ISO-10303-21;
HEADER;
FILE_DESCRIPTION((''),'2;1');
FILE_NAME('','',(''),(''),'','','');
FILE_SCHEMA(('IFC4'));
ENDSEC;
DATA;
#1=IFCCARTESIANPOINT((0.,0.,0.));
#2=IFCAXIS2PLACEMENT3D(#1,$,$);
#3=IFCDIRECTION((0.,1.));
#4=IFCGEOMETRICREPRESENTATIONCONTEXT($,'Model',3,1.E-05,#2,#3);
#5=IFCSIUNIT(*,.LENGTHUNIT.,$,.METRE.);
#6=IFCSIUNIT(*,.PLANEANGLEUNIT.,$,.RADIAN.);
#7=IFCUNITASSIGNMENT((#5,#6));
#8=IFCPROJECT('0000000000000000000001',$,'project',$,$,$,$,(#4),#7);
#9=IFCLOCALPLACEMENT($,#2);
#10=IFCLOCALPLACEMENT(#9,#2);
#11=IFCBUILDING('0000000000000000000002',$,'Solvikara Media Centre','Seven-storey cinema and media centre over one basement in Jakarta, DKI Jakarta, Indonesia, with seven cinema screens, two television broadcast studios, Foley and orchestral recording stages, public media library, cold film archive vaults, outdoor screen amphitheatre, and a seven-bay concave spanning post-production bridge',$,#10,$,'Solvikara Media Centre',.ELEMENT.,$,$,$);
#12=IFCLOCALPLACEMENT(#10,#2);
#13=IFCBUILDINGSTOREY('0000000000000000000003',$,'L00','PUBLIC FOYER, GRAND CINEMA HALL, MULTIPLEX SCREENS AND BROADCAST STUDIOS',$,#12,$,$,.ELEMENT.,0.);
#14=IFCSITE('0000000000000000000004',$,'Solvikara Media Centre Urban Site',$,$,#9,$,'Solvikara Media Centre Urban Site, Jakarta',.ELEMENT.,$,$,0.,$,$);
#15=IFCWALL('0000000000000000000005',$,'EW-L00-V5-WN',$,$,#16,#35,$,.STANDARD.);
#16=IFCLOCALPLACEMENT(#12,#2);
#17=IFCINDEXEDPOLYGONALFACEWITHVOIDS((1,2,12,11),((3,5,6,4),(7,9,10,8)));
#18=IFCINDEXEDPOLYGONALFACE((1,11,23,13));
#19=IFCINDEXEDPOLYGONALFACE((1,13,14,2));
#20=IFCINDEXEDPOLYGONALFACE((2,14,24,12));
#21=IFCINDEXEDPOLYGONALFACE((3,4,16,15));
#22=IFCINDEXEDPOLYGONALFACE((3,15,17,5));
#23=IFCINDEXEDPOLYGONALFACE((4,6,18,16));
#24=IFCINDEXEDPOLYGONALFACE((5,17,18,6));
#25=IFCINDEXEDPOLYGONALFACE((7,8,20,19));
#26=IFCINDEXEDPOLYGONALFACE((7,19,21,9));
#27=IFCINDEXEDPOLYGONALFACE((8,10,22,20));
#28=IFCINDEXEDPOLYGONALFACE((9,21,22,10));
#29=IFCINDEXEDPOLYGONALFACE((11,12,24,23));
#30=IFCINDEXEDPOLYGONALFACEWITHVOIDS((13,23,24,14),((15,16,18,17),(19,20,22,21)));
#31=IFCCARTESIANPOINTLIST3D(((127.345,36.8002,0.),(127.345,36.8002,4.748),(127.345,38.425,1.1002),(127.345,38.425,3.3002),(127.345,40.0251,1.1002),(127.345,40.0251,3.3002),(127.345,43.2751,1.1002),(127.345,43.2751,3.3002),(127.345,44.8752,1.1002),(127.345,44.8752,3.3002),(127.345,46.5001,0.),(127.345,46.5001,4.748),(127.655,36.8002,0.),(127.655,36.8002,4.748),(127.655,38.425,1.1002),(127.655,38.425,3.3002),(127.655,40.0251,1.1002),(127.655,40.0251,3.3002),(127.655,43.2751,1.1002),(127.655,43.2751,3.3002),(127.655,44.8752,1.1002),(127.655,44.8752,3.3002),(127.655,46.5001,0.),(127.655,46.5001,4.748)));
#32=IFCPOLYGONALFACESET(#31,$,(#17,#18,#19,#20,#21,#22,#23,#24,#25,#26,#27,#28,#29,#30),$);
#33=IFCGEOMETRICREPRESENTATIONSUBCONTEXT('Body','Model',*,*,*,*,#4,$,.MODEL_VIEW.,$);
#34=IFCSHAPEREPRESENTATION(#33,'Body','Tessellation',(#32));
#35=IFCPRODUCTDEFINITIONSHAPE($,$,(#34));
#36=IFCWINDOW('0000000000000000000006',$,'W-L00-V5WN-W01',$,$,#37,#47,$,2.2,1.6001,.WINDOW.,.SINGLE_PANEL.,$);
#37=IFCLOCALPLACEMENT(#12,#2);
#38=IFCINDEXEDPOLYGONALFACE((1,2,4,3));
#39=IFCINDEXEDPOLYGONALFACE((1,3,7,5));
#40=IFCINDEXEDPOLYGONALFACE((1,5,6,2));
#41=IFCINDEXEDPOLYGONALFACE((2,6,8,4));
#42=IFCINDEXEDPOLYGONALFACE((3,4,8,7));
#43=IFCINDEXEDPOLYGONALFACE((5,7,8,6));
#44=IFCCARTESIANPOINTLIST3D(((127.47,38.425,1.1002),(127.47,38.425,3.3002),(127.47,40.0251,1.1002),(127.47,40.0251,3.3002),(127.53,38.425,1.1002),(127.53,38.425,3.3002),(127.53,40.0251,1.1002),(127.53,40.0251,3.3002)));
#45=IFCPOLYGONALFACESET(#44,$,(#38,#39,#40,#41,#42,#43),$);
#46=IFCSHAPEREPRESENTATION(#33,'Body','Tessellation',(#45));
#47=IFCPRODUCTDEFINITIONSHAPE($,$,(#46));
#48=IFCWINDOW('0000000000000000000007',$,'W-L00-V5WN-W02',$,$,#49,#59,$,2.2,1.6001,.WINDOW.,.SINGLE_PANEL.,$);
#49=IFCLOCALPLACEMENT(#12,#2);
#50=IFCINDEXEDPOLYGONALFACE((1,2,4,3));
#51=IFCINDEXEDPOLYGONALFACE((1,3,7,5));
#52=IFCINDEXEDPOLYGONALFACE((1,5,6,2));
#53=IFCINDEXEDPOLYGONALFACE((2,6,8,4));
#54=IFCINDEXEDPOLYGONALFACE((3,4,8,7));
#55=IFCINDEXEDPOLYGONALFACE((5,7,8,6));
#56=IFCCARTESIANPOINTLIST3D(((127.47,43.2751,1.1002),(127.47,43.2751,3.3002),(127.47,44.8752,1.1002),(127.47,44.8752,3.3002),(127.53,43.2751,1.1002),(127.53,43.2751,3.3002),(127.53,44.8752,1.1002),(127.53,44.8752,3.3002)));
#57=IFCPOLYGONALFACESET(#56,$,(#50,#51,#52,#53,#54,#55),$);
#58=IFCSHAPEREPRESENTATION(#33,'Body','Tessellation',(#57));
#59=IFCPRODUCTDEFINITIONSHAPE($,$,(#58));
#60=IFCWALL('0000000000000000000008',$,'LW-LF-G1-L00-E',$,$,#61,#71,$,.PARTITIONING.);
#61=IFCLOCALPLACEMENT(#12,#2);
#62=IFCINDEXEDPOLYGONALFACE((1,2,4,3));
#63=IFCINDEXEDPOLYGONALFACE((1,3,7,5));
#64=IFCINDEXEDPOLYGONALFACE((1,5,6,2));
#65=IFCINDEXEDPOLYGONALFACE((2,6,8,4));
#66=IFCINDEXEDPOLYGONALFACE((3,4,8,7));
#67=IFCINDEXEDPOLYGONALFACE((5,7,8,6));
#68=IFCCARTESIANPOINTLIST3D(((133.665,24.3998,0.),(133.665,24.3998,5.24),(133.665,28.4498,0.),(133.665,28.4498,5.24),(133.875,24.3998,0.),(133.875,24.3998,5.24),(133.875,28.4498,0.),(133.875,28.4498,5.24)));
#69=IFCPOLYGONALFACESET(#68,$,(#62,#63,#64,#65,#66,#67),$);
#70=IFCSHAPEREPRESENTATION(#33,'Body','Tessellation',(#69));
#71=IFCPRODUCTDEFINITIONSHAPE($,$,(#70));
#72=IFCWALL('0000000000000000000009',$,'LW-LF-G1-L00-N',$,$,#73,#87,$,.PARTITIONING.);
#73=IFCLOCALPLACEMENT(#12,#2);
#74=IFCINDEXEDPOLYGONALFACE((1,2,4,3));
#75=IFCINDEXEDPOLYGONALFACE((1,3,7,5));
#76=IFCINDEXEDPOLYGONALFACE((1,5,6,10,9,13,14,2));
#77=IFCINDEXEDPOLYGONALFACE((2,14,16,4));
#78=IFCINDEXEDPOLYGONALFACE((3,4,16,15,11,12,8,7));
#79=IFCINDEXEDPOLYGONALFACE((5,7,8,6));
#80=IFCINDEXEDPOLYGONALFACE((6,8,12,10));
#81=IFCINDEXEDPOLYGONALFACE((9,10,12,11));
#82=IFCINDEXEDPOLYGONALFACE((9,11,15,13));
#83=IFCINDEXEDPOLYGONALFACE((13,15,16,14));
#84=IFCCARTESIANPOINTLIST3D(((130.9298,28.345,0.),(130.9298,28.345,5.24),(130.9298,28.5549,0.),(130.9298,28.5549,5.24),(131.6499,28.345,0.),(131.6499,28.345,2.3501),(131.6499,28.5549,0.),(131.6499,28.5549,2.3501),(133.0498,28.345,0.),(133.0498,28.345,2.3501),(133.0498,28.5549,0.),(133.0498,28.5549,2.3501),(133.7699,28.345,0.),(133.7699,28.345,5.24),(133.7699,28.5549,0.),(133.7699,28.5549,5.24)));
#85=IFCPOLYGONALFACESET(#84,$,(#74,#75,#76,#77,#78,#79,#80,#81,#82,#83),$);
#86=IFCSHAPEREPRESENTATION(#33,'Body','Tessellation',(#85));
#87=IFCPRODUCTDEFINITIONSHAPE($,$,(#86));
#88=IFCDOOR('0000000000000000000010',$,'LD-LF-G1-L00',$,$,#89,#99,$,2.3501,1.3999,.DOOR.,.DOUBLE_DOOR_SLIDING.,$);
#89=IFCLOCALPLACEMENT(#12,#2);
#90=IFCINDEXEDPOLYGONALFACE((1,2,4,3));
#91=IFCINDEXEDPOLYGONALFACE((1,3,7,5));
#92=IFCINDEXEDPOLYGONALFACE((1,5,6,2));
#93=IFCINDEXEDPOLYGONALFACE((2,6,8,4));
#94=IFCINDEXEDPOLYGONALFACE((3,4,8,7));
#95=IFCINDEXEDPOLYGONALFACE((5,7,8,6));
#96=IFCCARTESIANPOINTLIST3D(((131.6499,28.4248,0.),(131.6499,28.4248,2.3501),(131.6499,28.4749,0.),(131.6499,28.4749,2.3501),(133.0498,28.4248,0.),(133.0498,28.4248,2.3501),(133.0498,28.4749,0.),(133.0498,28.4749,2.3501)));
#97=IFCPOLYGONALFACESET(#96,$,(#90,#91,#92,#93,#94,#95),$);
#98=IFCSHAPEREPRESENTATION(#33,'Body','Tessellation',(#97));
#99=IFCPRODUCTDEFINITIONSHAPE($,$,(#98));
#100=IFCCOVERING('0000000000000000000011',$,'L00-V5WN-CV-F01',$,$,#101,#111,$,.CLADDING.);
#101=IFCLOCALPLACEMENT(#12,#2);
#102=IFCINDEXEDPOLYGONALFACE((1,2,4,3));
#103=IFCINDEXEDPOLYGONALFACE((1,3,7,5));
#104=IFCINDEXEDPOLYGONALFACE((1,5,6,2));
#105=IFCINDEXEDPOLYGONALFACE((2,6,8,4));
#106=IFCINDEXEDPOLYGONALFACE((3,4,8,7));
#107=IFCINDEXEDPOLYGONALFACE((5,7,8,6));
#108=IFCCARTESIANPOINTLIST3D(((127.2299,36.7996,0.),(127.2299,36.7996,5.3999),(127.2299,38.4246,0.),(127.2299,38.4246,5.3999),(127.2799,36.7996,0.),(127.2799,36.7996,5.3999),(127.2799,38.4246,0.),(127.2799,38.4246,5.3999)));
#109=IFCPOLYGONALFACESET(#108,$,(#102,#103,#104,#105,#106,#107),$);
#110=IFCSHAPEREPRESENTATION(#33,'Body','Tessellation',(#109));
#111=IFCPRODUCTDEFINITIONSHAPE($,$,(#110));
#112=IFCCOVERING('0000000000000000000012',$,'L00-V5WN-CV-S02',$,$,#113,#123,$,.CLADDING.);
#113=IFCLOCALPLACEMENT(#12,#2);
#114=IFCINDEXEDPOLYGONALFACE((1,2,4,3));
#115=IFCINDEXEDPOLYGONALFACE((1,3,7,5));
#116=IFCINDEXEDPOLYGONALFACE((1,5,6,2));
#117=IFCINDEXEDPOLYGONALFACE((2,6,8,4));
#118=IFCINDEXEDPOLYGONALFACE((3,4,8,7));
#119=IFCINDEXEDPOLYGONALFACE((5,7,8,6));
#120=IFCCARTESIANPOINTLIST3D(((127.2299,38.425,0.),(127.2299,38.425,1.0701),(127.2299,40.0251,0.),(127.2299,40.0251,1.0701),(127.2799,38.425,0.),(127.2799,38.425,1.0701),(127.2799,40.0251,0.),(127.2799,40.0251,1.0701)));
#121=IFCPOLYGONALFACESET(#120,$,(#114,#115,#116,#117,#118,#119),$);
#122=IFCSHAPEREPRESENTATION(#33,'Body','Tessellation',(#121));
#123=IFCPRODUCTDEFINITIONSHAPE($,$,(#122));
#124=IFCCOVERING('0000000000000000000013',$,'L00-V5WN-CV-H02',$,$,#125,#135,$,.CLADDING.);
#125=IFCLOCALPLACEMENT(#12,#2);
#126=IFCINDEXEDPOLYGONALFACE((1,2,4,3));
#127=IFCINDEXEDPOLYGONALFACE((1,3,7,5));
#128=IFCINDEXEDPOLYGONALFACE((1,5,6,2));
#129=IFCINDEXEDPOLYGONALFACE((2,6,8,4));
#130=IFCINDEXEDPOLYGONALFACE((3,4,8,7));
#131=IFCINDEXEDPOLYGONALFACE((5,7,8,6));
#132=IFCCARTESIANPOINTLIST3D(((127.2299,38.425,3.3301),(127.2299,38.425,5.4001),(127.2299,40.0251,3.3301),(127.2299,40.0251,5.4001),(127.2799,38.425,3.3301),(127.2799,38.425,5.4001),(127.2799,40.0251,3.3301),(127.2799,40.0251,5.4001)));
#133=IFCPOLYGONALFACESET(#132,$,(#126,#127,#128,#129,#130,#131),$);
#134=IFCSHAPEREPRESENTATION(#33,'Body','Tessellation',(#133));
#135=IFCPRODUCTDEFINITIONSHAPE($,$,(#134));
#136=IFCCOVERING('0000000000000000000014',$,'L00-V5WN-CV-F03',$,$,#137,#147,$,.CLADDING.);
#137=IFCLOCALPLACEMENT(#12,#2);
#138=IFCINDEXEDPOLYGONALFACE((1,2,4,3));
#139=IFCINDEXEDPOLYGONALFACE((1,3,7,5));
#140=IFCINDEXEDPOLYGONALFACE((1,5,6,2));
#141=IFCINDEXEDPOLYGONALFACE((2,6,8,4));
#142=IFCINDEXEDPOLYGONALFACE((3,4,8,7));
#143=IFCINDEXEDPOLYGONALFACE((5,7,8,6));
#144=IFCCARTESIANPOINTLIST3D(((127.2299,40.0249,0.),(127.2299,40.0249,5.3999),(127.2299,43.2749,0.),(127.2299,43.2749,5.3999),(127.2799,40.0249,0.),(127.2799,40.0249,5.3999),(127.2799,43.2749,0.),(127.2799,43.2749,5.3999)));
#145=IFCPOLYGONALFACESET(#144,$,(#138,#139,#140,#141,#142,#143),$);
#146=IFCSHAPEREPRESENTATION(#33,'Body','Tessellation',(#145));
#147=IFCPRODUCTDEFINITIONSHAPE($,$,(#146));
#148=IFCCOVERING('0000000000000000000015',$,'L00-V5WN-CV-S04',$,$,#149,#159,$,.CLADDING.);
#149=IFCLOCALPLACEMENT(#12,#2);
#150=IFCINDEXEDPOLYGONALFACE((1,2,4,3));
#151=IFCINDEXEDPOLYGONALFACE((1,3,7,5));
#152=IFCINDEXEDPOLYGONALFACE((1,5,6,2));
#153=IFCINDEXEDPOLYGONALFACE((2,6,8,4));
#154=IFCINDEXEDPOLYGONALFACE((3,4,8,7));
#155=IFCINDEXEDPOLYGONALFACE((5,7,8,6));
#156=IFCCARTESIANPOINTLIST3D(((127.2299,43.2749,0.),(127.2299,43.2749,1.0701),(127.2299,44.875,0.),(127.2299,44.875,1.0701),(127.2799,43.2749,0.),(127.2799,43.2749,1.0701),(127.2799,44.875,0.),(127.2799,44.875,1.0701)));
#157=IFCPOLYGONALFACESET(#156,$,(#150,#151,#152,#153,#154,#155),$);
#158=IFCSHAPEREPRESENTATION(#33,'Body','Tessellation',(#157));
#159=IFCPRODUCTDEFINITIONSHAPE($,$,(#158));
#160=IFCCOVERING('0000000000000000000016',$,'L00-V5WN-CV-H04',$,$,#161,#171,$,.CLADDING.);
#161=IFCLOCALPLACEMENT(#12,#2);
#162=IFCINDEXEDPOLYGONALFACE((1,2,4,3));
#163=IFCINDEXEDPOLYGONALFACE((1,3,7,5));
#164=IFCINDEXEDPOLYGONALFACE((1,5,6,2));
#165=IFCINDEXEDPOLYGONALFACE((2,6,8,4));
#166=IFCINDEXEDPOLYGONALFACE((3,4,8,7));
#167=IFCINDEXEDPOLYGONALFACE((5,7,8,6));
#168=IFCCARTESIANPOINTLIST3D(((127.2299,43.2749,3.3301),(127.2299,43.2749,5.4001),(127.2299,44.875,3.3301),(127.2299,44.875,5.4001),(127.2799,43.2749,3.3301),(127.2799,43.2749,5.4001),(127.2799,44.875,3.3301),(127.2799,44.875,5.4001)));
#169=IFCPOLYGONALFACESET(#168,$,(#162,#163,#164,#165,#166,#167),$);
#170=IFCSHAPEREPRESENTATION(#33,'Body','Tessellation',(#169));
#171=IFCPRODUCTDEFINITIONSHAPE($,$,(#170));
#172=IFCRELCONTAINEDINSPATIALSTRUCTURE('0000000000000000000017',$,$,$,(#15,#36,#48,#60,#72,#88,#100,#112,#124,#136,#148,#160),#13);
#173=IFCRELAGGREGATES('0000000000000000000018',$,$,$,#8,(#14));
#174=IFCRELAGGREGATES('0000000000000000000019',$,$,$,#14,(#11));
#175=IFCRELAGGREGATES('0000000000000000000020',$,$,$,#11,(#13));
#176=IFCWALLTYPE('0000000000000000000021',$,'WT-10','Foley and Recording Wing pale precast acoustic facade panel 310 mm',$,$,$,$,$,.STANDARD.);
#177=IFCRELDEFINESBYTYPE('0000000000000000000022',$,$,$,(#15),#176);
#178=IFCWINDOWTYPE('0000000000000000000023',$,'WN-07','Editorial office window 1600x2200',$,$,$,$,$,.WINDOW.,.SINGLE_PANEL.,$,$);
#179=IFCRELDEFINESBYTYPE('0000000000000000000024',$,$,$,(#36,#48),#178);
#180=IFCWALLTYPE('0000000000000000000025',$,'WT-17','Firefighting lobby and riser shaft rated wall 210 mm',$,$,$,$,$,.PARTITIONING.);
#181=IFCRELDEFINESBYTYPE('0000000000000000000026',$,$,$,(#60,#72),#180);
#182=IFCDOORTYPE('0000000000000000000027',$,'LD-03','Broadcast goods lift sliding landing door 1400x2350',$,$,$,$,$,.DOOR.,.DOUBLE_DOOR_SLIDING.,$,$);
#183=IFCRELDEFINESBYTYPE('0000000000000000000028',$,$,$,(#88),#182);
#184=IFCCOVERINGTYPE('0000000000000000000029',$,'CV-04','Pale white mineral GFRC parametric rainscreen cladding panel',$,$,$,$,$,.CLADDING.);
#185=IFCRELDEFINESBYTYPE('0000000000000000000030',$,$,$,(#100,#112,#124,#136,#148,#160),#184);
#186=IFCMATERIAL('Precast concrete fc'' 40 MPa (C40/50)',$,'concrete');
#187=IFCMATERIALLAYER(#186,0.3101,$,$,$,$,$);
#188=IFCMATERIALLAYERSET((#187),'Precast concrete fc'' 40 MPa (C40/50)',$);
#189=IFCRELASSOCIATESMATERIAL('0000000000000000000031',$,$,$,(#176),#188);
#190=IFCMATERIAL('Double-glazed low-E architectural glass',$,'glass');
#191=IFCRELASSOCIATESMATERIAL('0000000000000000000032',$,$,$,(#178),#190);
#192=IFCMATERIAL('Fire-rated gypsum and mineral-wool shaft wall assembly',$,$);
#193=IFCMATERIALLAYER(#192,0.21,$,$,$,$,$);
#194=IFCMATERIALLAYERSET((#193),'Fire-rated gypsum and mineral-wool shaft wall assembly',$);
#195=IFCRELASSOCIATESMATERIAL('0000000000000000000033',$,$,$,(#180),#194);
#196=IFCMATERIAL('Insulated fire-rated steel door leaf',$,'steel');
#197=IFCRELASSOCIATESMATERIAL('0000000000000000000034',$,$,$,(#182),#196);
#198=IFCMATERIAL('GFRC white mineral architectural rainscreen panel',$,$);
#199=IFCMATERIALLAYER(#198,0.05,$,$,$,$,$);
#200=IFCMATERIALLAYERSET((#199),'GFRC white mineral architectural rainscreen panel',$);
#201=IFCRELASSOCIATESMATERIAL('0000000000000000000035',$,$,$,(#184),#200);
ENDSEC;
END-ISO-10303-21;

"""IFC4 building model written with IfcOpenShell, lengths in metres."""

from ifc_helpers import new_model, si_unit, direction, frame, frame_2d, origin, origin_2d, place, context, subcontext, project, spatial, rectangle, extrude, material, layer, layer_set, type_object, element, fill, save


model = new_model("IFC4")

# Units and contexts
model_context = context("Model", 3, precision=1e-05, world=origin(), true_north=direction((0.0, 1.0)))
body_context = subcontext(model_context, "Body", "Model", "MODEL_VIEW")
ifc_project = project(units=[si_unit("LENGTHUNIT", "METRE"), si_unit("PLANEANGLEUNIT", "RADIAN")], contexts=[model_context])

# Site, building, storey
site_placement = place(None, origin())
site = spatial("IfcSite", under=ifc_project, at=site_placement, Name="Solvikara Media Centre Urban Site", LongName="Solvikara Media Centre Urban Site, Jakarta", CompositionType="ELEMENT", RefElevation=0.0)
building_placement = place(site_placement, origin())
building = spatial("IfcBuilding", under=site, at=building_placement, Name="Solvikara Media Centre", Description="Seven-storey cinema and media centre over one basement in Jakarta, DKI Jakarta, Indonesia, with seven cinema screens, two television broadcast studios, Foley and orchestral recording stages, public media library, cold film archive vaults, outdoor screen amphitheatre, and a seven-bay concave spanning post-production bridge", LongName="Solvikara Media Centre", CompositionType="ELEMENT")
storey_placement = place(building_placement, origin())
storey = spatial("IfcBuildingStorey", under=building, at=storey_placement, Name="L00", Description="PUBLIC FOYER, GRAND CINEMA HALL, MULTIPLEX SCREENS AND BROADCAST STUDIOS", CompositionType="ELEMENT", Elevation=0.0)

# Shared definitions
ifc_material_1 = material(Name="Insulated fire-rated steel door leaf", Category="steel")

# Wall, openings, windows
ifc_material_2 = material(Name="Precast concrete fc' 40 MPa (C40/50)", Category="concrete")
ifc_layer_1 = layer(ifc_material_2, 0.3101)
ifc_layer_set_1 = layer_set([ifc_layer_1], Name="Precast concrete fc' 40 MPa (C40/50)")
wall_type_1 = type_object("IfcWallType", Name="WT-10", Description="Foley and Recording Wing pale precast acoustic facade panel 310 mm", PredefinedType="STANDARD", material=ifc_layer_set_1)
wall_1_placement = place(storey_placement, frame((127.5, 36.8, 0.0), z_axis=(0.0, 0.0, 1.0), x_axis=(0.0, 1.0, 0.0)))
wall_1 = element("IfcWall", 1, at=wall_1_placement, inside=storey, type_object=wall_type_1, Name="EW-L00-V5-WN", PredefinedType="STANDARD", context=body_context, shape_type="SweptSolid", body=[
    extrude(rectangle(XDim=9.7, YDim=0.3101, at=frame_2d((4.8501, 0.0))), origin(), (0.0, 0.0, 1.0), 4.748),
])
opening_1_placement = place(wall_1_placement, frame((1.625, 0.0, 1.1001)))
opening_1 = element("IfcOpeningElement", 2, at=opening_1_placement, cuts=wall_1, PredefinedType="OPENING", context=body_context, shape_type="SweptSolid", body=[
    extrude(rectangle(XDim=1.6001, YDim=2.2, at=frame_2d((0.8, 1.1001))), frame((0.0, 0.167, 0.0), z_axis=(0.0, -1.0, 0.0), x_axis=(1.0, 0.0, 0.0)), (0.0, 0.0, 1.0), 0.334),
])
opening_2_placement = place(wall_1_placement, frame((6.4751, 0.0, 1.1001)))
opening_2 = element("IfcOpeningElement", 3, at=opening_2_placement, cuts=wall_1, PredefinedType="OPENING", context=body_context, shape_type="SweptSolid", body=[
    extrude(rectangle(XDim=1.6001, YDim=2.2, at=frame_2d((0.8, 1.1001))), frame((0.0, 0.167, 0.0), z_axis=(0.0, -1.0, 0.0), x_axis=(1.0, 0.0, 0.0)), (0.0, 0.0, 1.0), 0.334),
])
ifc_material_3 = material(Name="Double-glazed low-E architectural glass", Category="glass")
window_type = type_object("IfcWindowType", Name="WN-07", Description="Editorial office window 1600x2200", PartitioningType="SINGLE_PANEL", PredefinedType="WINDOW", material=ifc_material_3)
window_1_placement = place(opening_1_placement, origin())
window_1 = element("IfcWindow", 4, at=window_1_placement, inside=storey, type_object=window_type, Name="W-L00-V5WN-W01", OverallHeight=2.2, OverallWidth=1.6001, PartitioningType="SINGLE_PANEL", PredefinedType="WINDOW", context=body_context, shape_type="SweptSolid", body=[
    extrude(rectangle(XDim=1.6001, YDim=2.2, at=frame_2d((0.8, 1.1001))), frame((0.0, 0.03, 0.0), z_axis=(0.0, -1.0, 0.0), x_axis=(1.0, 0.0, 0.0)), (0.0, 0.0, 1.0), 0.0601),
])
fill(opening_1, window_1)
window_2_placement = place(opening_2_placement, origin())
window_2 = element("IfcWindow", 5, at=window_2_placement, inside=storey, type_object=window_type, Name="W-L00-V5WN-W02", OverallHeight=2.2, OverallWidth=1.6001, PartitioningType="SINGLE_PANEL", PredefinedType="WINDOW", context=body_context, shape_type="SweptSolid", body=[
    extrude(rectangle(XDim=1.6001, YDim=2.2, at=frame_2d((0.8, 1.1001))), frame((0.0, 0.03, 0.0), z_axis=(0.0, -1.0, 0.0), x_axis=(1.0, 0.0, 0.0)), (0.0, 0.0, 1.0), 0.0601),
])
fill(opening_2, window_2)

# Wall
ifc_material_4 = material(Name="Fire-rated gypsum and mineral-wool shaft wall assembly")
ifc_layer_2 = layer(ifc_material_4, 0.21)
ifc_layer_set_2 = layer_set([ifc_layer_2], Name="Fire-rated gypsum and mineral-wool shaft wall assembly")
wall_type_2 = type_object("IfcWallType", Name="WT-17", Description="Firefighting lobby and riser shaft rated wall 210 mm", PredefinedType="PARTITIONING", material=ifc_layer_set_2)
wall_2_placement = place(storey_placement, frame((133.77, 24.3999, 0.0), z_axis=(0.0, 0.0, 1.0), x_axis=(0.0, 1.0, 0.0)))
element("IfcWall", 6, at=wall_2_placement, inside=storey, type_object=wall_type_2, Name="LW-LF-G1-L00-E", PredefinedType="PARTITIONING", context=body_context, shape_type="SweptSolid", body=[
    extrude(rectangle(XDim=4.05, YDim=0.21, at=frame_2d((2.0249, 0.0))), origin(), (0.0, 0.0, 1.0), 5.24),
])

# Wall, opening, door
wall_3_placement = place(storey_placement, frame((130.9299, 28.45, 0.0), z_axis=(0.0, 0.0, 1.0), x_axis=(1.0, 0.0, 0.0)))
wall_3 = element("IfcWall", 7, at=wall_3_placement, inside=storey, type_object=wall_type_2, Name="LW-LF-G1-L00-N", PredefinedType="PARTITIONING", context=body_context, shape_type="SweptSolid", body=[
    extrude(rectangle(XDim=2.8401, YDim=0.21, at=frame_2d((1.4199, 0.0))), origin(), (0.0, 0.0, 1.0), 5.24),
])
opening_3_placement = place(wall_3_placement, frame((0.72, 0.0, 0.0)))
opening_3 = element("IfcOpeningElement", 8, at=opening_3_placement, cuts=wall_3, PredefinedType="OPENING", context=body_context, shape_type="SweptSolid", body=[
    extrude(rectangle(XDim=1.3999, YDim=2.3501, at=frame_2d((0.7, 1.175))), frame((0.0, 0.1169, 0.0), z_axis=(0.0, -1.0, 0.0), x_axis=(1.0, 0.0, 0.0)), (0.0, 0.0, 1.0), 0.2339),
])
door_type_1 = type_object("IfcDoorType", Name="LD-03", Description="Broadcast goods lift sliding landing door 1400x2350", OperationType="DOUBLE_DOOR_SLIDING", PredefinedType="DOOR", material=ifc_material_1)
door_1_placement = place(opening_3_placement, origin())
door_1 = element("IfcDoor", 9, at=door_1_placement, inside=storey, type_object=door_type_1, Name="LD-LF-G1-L00", OperationType="DOUBLE_DOOR_SLIDING", OverallHeight=2.3501, OverallWidth=1.3999, PredefinedType="DOOR", context=body_context, shape_type="SweptSolid", body=[
    extrude(rectangle(XDim=1.3999, YDim=2.3501, at=frame_2d((0.7, 1.175))), frame((0.0, 0.0249, 0.0), z_axis=(0.0, -1.0, 0.0), x_axis=(1.0, 0.0, 0.0)), (0.0, 0.0, 1.0), 0.05),
])
fill(opening_3, door_1)

# Coverings
ifc_material_5 = material(Name="GFRC white mineral architectural rainscreen panel")
ifc_layer_3 = layer(ifc_material_5, 0.05)
ifc_layer_set_3 = layer_set([ifc_layer_3], Name="GFRC white mineral architectural rainscreen panel")
covering_type = type_object("IfcCoveringType", Name="CV-04", Description="Pale white mineral GFRC parametric rainscreen cladding panel", PredefinedType="CLADDING", material=ifc_layer_set_3)
covering_1_placement = place(storey_placement, frame((127.2549, 37.6121, 0.0), z_axis=(0.0, 0.0, 1.0), x_axis=(0.0, 1.0, 0.0)))
element("IfcCovering", 10, at=covering_1_placement, inside=storey, type_object=covering_type, Name="L00-V5WN-CV-F01", PredefinedType="CLADDING", context=body_context, shape_type="SweptSolid", body=[
    extrude(rectangle(XDim=1.625, YDim=0.05, at=origin_2d()), origin(), (0.0, 0.0, 1.0), 5.3999),
])
covering_2_placement = place(storey_placement, frame((127.2549, 39.2251, 0.0), z_axis=(0.0, 0.0, 1.0), x_axis=(0.0, 1.0, 0.0)))
element("IfcCovering", 11, at=covering_2_placement, inside=storey, type_object=covering_type, Name="L00-V5WN-CV-S02", PredefinedType="CLADDING", context=body_context, shape_type="SweptSolid", body=[
    extrude(rectangle(XDim=1.6001, YDim=0.05, at=origin_2d()), origin(), (0.0, 0.0, 1.0), 1.0701),
])
covering_3_placement = place(storey_placement, frame((127.2549, 39.2251, 3.3301), z_axis=(0.0, 0.0, 1.0), x_axis=(0.0, 1.0, 0.0)))
element("IfcCovering", 12, at=covering_3_placement, inside=storey, type_object=covering_type, Name="L00-V5WN-CV-H02", PredefinedType="CLADDING", context=body_context, shape_type="SweptSolid", body=[
    extrude(rectangle(XDim=1.6001, YDim=0.05, at=origin_2d()), origin(), (0.0, 0.0, 1.0), 2.0701),
])
covering_4_placement = place(storey_placement, frame((127.2549, 41.6499, 0.0), z_axis=(0.0, 0.0, 1.0), x_axis=(0.0, 1.0, 0.0)))
element("IfcCovering", 13, at=covering_4_placement, inside=storey, type_object=covering_type, Name="L00-V5WN-CV-F03", PredefinedType="CLADDING", context=body_context, shape_type="SweptSolid", body=[
    extrude(rectangle(XDim=3.25, YDim=0.05, at=origin_2d()), origin(), (0.0, 0.0, 1.0), 5.3999),
])
covering_5_placement = place(storey_placement, frame((127.2549, 44.075, 0.0), z_axis=(0.0, 0.0, 1.0), x_axis=(0.0, 1.0, 0.0)))
element("IfcCovering", 14, at=covering_5_placement, inside=storey, type_object=covering_type, Name="L00-V5WN-CV-S04", PredefinedType="CLADDING", context=body_context, shape_type="SweptSolid", body=[
    extrude(rectangle(XDim=1.6001, YDim=0.05, at=origin_2d()), origin(), (0.0, 0.0, 1.0), 1.0701),
])
covering_6_placement = place(storey_placement, frame((127.2549, 44.075, 3.3301), z_axis=(0.0, 0.0, 1.0), x_axis=(0.0, 1.0, 0.0)))
element("IfcCovering", 15, at=covering_6_placement, inside=storey, type_object=covering_type, Name="L00-V5WN-CV-H04", PredefinedType="CLADDING", context=body_context, shape_type="SweptSolid", body=[
    extrude(rectangle(XDim=1.6001, YDim=0.05, at=origin_2d()), origin(), (0.0, 0.0, 1.0), 2.0701),
])

save(model, "model.ifc")
